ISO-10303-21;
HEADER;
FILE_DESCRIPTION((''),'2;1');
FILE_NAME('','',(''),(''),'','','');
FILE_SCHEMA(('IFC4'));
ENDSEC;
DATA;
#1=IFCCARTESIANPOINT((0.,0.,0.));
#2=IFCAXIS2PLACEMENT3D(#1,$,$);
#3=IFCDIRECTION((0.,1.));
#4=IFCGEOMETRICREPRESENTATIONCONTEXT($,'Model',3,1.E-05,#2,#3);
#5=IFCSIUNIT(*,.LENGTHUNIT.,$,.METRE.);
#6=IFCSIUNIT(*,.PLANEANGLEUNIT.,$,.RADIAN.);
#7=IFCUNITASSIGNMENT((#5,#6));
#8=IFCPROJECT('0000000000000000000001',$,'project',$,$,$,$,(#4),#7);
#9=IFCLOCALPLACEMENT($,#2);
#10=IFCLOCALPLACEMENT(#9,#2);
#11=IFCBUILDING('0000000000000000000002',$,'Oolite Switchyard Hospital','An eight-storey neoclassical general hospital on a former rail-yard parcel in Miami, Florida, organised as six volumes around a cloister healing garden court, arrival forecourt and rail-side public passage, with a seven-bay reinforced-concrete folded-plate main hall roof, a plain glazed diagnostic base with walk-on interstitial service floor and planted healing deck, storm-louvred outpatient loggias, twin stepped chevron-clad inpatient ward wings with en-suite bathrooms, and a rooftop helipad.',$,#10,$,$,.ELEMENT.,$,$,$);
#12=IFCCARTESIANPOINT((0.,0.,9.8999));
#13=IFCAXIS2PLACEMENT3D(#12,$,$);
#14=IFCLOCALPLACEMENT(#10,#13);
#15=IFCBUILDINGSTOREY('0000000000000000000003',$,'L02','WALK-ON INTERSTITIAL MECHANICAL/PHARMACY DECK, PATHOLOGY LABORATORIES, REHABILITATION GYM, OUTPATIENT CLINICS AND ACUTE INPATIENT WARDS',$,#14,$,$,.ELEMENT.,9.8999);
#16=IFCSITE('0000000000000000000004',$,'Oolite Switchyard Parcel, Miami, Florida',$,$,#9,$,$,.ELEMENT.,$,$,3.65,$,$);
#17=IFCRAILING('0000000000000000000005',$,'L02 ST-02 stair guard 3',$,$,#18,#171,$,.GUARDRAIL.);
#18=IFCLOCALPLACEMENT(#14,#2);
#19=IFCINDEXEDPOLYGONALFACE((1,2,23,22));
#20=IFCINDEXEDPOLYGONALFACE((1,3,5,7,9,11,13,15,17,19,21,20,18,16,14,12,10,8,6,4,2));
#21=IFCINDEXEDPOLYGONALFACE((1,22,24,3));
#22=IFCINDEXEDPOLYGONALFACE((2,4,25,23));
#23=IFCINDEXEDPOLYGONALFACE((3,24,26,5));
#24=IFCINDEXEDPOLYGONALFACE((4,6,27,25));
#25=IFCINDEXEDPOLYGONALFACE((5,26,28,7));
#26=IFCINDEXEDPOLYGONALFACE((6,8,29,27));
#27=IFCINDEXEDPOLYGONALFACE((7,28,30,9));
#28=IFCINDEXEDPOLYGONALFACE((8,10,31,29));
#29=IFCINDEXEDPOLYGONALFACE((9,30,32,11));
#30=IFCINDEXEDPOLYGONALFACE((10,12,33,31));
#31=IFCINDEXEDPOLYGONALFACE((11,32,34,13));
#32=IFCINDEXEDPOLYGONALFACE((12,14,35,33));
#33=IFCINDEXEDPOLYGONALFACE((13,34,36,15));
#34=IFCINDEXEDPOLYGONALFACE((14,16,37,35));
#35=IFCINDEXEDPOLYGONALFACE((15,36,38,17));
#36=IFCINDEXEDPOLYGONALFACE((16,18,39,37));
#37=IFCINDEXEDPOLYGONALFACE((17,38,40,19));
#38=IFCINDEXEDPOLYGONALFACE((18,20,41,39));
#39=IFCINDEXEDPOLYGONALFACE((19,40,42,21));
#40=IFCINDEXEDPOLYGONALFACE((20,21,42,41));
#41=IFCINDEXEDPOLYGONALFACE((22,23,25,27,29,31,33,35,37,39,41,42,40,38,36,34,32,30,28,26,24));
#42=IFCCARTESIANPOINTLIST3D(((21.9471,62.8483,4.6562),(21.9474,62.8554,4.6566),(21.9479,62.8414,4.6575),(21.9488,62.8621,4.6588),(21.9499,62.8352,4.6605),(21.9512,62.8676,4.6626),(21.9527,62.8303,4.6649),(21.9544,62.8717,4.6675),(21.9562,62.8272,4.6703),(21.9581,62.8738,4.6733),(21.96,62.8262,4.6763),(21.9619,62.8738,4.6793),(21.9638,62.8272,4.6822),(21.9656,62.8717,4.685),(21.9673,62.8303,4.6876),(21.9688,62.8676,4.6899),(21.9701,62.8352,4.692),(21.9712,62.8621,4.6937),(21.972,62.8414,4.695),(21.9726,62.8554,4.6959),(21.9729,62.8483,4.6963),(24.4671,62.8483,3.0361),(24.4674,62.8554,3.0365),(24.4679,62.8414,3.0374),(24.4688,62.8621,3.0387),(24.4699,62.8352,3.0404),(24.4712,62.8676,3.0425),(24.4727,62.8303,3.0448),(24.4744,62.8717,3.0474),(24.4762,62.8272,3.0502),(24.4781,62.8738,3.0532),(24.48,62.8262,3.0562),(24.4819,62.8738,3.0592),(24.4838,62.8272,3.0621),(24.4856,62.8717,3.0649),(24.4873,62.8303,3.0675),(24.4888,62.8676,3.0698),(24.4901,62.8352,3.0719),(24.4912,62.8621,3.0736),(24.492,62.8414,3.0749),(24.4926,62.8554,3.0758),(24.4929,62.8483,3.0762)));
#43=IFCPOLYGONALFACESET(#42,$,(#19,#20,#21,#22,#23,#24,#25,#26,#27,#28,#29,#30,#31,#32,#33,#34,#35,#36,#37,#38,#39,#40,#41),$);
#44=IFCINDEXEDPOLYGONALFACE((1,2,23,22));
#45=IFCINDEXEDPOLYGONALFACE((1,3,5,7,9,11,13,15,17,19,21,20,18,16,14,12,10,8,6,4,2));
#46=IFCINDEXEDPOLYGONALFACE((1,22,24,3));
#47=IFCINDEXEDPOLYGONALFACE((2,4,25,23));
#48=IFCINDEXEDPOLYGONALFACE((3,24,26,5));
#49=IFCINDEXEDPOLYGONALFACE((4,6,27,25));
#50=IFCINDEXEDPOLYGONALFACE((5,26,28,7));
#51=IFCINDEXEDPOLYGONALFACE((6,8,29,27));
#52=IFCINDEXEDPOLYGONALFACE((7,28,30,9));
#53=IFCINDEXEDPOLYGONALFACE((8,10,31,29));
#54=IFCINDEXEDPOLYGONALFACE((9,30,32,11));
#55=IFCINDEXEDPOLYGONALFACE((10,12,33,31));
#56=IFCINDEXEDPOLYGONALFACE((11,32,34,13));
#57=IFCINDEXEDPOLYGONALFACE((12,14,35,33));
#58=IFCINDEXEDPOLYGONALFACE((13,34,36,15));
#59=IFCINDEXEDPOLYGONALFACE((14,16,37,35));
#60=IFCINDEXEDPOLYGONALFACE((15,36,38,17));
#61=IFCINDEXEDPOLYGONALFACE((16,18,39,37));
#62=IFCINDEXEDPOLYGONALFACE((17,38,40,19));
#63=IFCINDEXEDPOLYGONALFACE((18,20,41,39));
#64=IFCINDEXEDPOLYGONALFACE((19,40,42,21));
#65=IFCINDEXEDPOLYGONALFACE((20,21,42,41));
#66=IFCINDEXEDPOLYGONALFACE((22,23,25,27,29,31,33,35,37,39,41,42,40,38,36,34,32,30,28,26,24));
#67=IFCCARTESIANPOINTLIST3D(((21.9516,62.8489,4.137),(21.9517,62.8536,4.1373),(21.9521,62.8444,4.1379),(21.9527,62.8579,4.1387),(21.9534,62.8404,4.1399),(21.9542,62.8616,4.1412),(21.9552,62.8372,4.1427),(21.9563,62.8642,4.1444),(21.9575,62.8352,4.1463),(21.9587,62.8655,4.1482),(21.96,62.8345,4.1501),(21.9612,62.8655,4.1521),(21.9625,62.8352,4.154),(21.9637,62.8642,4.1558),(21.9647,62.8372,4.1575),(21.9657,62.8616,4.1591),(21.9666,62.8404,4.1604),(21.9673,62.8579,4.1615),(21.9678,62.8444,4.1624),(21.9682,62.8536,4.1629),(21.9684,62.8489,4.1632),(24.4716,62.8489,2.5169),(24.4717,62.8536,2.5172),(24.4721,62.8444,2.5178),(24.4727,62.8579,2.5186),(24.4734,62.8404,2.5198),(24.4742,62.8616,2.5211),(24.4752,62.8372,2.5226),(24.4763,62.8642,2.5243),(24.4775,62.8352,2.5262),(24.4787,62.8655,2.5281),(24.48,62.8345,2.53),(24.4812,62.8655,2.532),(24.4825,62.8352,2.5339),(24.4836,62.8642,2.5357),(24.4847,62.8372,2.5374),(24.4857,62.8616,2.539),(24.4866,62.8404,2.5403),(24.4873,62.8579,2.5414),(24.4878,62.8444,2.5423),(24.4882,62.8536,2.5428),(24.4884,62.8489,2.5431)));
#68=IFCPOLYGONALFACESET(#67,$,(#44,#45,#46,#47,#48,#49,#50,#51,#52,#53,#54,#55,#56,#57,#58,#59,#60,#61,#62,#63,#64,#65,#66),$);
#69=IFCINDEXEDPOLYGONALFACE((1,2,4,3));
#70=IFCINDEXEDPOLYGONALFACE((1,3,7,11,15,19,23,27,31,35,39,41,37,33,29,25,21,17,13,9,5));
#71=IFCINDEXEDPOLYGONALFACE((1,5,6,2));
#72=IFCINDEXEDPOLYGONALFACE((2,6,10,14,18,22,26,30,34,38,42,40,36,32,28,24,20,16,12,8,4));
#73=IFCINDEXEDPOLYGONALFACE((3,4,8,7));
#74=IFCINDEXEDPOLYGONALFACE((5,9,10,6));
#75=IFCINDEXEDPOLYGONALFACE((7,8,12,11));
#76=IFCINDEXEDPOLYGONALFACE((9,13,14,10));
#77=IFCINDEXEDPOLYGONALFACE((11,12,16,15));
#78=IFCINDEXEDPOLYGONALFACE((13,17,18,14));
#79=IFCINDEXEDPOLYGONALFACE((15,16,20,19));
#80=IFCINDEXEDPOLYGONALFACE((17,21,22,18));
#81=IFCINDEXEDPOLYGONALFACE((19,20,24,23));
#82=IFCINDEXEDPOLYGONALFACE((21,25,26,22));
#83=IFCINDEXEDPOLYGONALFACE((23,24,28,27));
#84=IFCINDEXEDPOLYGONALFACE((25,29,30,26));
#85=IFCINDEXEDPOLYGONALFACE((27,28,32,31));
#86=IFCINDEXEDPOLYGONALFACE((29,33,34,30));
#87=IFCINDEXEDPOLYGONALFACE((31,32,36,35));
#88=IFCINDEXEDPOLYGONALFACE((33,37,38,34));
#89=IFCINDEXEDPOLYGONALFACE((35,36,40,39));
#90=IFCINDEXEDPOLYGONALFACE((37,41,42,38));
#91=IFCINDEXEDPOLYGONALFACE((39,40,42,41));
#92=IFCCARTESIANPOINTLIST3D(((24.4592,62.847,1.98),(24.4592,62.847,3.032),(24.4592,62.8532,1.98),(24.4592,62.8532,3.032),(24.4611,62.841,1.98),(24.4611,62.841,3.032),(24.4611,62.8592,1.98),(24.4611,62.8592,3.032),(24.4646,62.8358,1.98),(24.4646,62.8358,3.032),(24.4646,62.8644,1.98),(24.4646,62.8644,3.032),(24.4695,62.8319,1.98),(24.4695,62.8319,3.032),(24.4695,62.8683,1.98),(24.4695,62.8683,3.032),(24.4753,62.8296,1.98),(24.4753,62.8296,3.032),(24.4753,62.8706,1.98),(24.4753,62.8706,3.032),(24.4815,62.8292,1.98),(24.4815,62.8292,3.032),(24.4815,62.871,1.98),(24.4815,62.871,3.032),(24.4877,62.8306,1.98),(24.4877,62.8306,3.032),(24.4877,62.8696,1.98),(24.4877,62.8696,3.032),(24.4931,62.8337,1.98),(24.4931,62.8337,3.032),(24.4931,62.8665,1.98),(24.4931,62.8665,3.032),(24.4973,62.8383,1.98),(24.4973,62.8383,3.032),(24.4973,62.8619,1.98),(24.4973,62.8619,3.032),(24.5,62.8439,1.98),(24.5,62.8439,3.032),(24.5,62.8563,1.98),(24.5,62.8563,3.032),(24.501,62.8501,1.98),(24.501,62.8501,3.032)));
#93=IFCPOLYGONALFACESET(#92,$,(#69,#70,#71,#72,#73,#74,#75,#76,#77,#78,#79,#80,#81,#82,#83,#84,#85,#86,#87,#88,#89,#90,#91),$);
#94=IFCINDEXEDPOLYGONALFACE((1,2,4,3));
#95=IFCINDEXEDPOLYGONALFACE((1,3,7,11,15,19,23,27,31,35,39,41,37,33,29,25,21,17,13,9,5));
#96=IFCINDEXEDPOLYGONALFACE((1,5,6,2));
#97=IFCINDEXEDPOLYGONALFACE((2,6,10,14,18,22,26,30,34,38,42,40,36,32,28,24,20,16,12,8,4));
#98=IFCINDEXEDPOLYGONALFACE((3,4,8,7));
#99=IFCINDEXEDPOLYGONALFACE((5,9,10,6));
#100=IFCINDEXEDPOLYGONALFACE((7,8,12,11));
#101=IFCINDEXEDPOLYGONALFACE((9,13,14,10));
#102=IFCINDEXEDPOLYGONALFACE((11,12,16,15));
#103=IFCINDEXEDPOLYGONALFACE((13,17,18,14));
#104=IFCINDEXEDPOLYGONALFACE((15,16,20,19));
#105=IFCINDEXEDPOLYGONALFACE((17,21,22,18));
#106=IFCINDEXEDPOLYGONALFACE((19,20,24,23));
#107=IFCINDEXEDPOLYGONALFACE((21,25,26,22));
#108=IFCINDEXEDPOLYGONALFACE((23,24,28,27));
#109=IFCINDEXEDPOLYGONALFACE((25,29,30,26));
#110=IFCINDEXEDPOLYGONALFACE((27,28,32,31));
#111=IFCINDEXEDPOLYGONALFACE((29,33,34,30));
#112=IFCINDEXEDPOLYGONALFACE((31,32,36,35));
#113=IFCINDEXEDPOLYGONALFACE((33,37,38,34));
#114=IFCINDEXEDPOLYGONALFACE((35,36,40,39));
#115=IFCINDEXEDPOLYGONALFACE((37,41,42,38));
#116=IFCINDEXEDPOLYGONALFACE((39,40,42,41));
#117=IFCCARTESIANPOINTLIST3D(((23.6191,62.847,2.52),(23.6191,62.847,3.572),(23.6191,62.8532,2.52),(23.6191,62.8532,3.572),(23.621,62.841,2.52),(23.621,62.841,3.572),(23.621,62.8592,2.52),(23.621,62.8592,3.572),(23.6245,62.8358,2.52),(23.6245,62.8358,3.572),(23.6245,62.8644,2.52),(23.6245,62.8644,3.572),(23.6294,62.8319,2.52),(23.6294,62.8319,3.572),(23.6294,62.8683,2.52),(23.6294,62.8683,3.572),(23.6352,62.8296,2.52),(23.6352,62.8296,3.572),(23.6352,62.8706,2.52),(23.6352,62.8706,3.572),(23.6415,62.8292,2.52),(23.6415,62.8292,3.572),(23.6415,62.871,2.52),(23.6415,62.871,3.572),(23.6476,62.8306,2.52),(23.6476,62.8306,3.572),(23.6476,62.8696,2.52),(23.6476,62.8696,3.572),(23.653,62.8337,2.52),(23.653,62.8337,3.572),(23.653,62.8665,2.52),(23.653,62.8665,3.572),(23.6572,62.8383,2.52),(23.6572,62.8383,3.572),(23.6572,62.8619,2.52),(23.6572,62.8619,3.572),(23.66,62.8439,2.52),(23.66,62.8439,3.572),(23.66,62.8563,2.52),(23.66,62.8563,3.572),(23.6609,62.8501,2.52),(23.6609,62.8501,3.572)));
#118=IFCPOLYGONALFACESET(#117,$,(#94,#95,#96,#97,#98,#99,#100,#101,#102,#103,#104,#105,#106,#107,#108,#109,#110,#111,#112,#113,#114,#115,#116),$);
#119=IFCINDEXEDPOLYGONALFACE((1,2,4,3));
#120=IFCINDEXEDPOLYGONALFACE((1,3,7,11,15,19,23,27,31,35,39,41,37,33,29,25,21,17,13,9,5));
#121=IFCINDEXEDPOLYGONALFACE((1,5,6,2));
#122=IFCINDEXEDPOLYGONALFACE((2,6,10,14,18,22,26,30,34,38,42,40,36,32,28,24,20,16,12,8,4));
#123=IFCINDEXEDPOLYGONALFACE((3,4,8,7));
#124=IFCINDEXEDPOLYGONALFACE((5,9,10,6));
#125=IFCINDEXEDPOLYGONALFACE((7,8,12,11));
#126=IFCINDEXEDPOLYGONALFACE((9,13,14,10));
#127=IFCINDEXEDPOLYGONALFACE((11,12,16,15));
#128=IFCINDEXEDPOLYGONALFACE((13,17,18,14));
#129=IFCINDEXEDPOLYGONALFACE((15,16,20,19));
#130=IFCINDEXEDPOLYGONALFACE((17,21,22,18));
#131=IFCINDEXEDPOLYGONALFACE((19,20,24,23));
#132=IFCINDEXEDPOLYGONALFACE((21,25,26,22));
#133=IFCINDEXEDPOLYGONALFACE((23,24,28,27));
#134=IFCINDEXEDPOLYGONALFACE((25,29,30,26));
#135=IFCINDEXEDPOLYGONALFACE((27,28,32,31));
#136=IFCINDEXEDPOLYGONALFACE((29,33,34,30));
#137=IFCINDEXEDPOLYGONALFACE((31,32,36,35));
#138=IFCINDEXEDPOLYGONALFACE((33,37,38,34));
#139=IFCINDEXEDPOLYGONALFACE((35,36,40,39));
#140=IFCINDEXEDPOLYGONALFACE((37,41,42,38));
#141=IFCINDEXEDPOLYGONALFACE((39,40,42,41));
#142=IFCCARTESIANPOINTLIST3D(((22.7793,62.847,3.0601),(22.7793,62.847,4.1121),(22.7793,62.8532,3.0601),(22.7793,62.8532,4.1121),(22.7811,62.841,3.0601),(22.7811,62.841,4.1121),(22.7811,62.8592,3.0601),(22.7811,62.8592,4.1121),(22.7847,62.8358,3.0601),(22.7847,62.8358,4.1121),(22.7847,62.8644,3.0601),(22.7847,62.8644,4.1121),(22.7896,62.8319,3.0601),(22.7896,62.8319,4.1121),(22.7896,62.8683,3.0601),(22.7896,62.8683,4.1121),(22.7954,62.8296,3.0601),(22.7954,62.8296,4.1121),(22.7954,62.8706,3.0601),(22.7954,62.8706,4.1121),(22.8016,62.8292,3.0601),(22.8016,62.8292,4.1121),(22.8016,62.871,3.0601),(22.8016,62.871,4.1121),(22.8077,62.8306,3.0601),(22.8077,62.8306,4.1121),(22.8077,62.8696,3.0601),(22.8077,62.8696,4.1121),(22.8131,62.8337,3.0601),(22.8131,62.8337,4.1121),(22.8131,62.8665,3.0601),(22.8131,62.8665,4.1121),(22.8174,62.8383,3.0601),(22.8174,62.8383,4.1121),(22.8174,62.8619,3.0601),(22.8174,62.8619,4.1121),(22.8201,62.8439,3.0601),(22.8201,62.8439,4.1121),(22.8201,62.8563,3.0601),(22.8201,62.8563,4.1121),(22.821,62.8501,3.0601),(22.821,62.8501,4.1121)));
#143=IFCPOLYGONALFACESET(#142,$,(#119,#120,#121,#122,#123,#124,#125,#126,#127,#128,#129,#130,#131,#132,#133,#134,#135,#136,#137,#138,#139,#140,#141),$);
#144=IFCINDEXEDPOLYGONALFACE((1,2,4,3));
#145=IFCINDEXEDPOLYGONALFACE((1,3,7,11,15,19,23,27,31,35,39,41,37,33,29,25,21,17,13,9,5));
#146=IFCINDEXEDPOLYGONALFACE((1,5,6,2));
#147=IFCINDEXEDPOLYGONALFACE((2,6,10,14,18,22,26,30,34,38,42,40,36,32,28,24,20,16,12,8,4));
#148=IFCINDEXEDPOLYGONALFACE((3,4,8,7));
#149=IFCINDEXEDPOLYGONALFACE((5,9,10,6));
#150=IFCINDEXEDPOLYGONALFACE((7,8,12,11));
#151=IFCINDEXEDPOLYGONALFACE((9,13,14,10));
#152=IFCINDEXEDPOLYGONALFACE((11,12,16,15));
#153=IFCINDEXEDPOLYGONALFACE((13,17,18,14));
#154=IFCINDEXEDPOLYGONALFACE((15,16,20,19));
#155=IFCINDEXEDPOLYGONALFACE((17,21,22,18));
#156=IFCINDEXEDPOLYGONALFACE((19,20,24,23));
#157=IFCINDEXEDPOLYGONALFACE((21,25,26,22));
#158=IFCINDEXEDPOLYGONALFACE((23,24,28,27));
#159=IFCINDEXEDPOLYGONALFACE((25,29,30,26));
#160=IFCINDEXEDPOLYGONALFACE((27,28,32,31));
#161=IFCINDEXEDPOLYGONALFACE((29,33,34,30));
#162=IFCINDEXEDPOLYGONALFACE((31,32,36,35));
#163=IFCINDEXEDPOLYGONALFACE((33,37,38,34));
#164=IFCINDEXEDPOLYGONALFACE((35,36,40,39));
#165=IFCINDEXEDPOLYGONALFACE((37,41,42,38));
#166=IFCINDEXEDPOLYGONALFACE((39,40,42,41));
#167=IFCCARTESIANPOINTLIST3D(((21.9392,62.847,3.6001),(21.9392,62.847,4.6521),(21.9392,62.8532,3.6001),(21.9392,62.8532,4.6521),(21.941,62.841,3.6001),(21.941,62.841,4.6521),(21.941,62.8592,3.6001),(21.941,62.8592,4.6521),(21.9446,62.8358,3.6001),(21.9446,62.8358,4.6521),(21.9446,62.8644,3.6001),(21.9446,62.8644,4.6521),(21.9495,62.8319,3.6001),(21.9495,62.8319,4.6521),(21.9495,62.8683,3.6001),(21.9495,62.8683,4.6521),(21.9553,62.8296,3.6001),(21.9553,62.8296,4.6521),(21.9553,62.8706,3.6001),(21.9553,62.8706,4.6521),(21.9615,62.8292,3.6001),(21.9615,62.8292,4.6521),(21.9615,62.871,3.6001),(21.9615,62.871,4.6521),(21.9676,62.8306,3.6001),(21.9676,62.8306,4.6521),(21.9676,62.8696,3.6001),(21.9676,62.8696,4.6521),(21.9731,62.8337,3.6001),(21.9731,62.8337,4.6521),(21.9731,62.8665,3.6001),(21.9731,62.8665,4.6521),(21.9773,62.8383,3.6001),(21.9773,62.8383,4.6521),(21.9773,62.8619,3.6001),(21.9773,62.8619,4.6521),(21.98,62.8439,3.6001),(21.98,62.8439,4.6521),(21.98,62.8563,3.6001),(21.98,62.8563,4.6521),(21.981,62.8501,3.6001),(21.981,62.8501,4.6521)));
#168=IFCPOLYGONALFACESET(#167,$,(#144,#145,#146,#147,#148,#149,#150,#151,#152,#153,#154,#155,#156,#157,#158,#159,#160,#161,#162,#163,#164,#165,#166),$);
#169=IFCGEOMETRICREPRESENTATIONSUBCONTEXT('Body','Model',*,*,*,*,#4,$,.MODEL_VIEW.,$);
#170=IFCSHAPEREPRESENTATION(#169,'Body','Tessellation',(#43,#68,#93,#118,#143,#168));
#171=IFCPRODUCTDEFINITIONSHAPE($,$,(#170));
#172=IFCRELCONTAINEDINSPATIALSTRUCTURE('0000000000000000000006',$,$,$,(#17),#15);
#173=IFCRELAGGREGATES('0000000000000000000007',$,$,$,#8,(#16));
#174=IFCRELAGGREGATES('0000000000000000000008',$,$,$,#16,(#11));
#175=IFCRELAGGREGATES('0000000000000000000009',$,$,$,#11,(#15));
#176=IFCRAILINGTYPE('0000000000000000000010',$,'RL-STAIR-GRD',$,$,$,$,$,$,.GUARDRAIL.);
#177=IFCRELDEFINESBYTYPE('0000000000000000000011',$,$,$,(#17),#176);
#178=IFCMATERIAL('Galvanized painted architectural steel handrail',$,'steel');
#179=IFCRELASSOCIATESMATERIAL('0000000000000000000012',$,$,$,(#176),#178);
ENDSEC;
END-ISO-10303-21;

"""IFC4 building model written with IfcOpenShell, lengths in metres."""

from ifc_helpers import new_model, si_unit, direction, frame, origin, origin_2d, place, context, subcontext, project, spatial, circle, extrude, material, type_object, element, save


model = new_model("IFC4")

# Units and contexts
model_context = context("Model", 3, precision=1e-05, world=origin(), true_north=direction((0.0, 1.0)))
body_context = subcontext(model_context, "Body", "Model", "MODEL_VIEW")
ifc_project = project(units=[si_unit("LENGTHUNIT", "METRE"), si_unit("PLANEANGLEUNIT", "RADIAN")], contexts=[model_context])

# Site, building, storey
site_placement = place(None, origin())
site = spatial("IfcSite", under=ifc_project, at=site_placement, Name="Oolite Switchyard Parcel, Miami, Florida", CompositionType="ELEMENT", RefElevation=3.65)
building_placement = place(site_placement, origin())
building = spatial("IfcBuilding", under=site, at=building_placement, Name="Oolite Switchyard Hospital", Description="An eight-storey neoclassical general hospital on a former rail-yard parcel in Miami, Florida, organised as six volumes around a cloister healing garden court, arrival forecourt and rail-side public passage, with a seven-bay reinforced-concrete folded-plate main hall roof, a plain glazed diagnostic base with walk-on interstitial service floor and planted healing deck, storm-louvred outpatient loggias, twin stepped chevron-clad inpatient ward wings with en-suite bathrooms, and a rooftop helipad.", CompositionType="ELEMENT")
storey_placement = place(building_placement, frame((0.0, 0.0, 9.8999)))
storey = spatial("IfcBuildingStorey", under=building, at=storey_placement, Name="L02", Description="WALK-ON INTERSTITIAL MECHANICAL/PHARMACY DECK, PATHOLOGY LABORATORIES, REHABILITATION GYM, OUTPATIENT CLINICS AND ACUTE INPATIENT WARDS", CompositionType="ELEMENT", Elevation=9.8999)

# Railing
ifc_material_1 = material(Name="Galvanized painted architectural steel handrail", Category="steel")
railing_type_1 = type_object("IfcRailingType", Name="RL-STAIR-GRD", PredefinedType="GUARDRAIL", material=ifc_material_1)
railing_1_placement = place(storey_placement, frame((24.48, 62.8501, 1.98)))
element("IfcRailing", 1, at=railing_1_placement, inside=storey, type_object=railing_type_1, Name="L02 ST-02 stair guard 3", PredefinedType="GUARDRAIL", context=body_context, shape_type="SweptSolid", body=[
    extrude(circle(Radius=0.0239, at=origin_2d()), frame((0.0, 0.0, 1.0762), z_axis=(-0.841163, 0.0, 0.540782), x_axis=(0.0, -1.0, 0.0)), (0.0, 0.0, 1.0), 2.9958),
    extrude(circle(Radius=0.0156, at=origin_2d()), frame((0.0, 0.0, 0.55), z_axis=(-0.841163, 0.0, 0.540782), x_axis=(0.0, -1.0, 0.0)), (0.0, 0.0, 1.0), 2.9958),
    extrude(circle(Radius=0.021, at=origin_2d()), origin(), (0.0, 0.0, 1.0), 1.052),
    extrude(circle(Radius=0.021, at=origin_2d()), frame((-0.8401, 0.0, 0.54)), (0.0, 0.0, 1.0), 1.052),
    extrude(circle(Radius=0.021, at=origin_2d()), frame((-1.6799, 0.0, 1.0801)), (0.0, 0.0, 1.0), 1.052),
    extrude(circle(Radius=0.021, at=origin_2d()), frame((-2.52, 0.0, 1.6201)), (0.0, 0.0, 1.0), 1.052),
])

save(model, "model.ifc")
